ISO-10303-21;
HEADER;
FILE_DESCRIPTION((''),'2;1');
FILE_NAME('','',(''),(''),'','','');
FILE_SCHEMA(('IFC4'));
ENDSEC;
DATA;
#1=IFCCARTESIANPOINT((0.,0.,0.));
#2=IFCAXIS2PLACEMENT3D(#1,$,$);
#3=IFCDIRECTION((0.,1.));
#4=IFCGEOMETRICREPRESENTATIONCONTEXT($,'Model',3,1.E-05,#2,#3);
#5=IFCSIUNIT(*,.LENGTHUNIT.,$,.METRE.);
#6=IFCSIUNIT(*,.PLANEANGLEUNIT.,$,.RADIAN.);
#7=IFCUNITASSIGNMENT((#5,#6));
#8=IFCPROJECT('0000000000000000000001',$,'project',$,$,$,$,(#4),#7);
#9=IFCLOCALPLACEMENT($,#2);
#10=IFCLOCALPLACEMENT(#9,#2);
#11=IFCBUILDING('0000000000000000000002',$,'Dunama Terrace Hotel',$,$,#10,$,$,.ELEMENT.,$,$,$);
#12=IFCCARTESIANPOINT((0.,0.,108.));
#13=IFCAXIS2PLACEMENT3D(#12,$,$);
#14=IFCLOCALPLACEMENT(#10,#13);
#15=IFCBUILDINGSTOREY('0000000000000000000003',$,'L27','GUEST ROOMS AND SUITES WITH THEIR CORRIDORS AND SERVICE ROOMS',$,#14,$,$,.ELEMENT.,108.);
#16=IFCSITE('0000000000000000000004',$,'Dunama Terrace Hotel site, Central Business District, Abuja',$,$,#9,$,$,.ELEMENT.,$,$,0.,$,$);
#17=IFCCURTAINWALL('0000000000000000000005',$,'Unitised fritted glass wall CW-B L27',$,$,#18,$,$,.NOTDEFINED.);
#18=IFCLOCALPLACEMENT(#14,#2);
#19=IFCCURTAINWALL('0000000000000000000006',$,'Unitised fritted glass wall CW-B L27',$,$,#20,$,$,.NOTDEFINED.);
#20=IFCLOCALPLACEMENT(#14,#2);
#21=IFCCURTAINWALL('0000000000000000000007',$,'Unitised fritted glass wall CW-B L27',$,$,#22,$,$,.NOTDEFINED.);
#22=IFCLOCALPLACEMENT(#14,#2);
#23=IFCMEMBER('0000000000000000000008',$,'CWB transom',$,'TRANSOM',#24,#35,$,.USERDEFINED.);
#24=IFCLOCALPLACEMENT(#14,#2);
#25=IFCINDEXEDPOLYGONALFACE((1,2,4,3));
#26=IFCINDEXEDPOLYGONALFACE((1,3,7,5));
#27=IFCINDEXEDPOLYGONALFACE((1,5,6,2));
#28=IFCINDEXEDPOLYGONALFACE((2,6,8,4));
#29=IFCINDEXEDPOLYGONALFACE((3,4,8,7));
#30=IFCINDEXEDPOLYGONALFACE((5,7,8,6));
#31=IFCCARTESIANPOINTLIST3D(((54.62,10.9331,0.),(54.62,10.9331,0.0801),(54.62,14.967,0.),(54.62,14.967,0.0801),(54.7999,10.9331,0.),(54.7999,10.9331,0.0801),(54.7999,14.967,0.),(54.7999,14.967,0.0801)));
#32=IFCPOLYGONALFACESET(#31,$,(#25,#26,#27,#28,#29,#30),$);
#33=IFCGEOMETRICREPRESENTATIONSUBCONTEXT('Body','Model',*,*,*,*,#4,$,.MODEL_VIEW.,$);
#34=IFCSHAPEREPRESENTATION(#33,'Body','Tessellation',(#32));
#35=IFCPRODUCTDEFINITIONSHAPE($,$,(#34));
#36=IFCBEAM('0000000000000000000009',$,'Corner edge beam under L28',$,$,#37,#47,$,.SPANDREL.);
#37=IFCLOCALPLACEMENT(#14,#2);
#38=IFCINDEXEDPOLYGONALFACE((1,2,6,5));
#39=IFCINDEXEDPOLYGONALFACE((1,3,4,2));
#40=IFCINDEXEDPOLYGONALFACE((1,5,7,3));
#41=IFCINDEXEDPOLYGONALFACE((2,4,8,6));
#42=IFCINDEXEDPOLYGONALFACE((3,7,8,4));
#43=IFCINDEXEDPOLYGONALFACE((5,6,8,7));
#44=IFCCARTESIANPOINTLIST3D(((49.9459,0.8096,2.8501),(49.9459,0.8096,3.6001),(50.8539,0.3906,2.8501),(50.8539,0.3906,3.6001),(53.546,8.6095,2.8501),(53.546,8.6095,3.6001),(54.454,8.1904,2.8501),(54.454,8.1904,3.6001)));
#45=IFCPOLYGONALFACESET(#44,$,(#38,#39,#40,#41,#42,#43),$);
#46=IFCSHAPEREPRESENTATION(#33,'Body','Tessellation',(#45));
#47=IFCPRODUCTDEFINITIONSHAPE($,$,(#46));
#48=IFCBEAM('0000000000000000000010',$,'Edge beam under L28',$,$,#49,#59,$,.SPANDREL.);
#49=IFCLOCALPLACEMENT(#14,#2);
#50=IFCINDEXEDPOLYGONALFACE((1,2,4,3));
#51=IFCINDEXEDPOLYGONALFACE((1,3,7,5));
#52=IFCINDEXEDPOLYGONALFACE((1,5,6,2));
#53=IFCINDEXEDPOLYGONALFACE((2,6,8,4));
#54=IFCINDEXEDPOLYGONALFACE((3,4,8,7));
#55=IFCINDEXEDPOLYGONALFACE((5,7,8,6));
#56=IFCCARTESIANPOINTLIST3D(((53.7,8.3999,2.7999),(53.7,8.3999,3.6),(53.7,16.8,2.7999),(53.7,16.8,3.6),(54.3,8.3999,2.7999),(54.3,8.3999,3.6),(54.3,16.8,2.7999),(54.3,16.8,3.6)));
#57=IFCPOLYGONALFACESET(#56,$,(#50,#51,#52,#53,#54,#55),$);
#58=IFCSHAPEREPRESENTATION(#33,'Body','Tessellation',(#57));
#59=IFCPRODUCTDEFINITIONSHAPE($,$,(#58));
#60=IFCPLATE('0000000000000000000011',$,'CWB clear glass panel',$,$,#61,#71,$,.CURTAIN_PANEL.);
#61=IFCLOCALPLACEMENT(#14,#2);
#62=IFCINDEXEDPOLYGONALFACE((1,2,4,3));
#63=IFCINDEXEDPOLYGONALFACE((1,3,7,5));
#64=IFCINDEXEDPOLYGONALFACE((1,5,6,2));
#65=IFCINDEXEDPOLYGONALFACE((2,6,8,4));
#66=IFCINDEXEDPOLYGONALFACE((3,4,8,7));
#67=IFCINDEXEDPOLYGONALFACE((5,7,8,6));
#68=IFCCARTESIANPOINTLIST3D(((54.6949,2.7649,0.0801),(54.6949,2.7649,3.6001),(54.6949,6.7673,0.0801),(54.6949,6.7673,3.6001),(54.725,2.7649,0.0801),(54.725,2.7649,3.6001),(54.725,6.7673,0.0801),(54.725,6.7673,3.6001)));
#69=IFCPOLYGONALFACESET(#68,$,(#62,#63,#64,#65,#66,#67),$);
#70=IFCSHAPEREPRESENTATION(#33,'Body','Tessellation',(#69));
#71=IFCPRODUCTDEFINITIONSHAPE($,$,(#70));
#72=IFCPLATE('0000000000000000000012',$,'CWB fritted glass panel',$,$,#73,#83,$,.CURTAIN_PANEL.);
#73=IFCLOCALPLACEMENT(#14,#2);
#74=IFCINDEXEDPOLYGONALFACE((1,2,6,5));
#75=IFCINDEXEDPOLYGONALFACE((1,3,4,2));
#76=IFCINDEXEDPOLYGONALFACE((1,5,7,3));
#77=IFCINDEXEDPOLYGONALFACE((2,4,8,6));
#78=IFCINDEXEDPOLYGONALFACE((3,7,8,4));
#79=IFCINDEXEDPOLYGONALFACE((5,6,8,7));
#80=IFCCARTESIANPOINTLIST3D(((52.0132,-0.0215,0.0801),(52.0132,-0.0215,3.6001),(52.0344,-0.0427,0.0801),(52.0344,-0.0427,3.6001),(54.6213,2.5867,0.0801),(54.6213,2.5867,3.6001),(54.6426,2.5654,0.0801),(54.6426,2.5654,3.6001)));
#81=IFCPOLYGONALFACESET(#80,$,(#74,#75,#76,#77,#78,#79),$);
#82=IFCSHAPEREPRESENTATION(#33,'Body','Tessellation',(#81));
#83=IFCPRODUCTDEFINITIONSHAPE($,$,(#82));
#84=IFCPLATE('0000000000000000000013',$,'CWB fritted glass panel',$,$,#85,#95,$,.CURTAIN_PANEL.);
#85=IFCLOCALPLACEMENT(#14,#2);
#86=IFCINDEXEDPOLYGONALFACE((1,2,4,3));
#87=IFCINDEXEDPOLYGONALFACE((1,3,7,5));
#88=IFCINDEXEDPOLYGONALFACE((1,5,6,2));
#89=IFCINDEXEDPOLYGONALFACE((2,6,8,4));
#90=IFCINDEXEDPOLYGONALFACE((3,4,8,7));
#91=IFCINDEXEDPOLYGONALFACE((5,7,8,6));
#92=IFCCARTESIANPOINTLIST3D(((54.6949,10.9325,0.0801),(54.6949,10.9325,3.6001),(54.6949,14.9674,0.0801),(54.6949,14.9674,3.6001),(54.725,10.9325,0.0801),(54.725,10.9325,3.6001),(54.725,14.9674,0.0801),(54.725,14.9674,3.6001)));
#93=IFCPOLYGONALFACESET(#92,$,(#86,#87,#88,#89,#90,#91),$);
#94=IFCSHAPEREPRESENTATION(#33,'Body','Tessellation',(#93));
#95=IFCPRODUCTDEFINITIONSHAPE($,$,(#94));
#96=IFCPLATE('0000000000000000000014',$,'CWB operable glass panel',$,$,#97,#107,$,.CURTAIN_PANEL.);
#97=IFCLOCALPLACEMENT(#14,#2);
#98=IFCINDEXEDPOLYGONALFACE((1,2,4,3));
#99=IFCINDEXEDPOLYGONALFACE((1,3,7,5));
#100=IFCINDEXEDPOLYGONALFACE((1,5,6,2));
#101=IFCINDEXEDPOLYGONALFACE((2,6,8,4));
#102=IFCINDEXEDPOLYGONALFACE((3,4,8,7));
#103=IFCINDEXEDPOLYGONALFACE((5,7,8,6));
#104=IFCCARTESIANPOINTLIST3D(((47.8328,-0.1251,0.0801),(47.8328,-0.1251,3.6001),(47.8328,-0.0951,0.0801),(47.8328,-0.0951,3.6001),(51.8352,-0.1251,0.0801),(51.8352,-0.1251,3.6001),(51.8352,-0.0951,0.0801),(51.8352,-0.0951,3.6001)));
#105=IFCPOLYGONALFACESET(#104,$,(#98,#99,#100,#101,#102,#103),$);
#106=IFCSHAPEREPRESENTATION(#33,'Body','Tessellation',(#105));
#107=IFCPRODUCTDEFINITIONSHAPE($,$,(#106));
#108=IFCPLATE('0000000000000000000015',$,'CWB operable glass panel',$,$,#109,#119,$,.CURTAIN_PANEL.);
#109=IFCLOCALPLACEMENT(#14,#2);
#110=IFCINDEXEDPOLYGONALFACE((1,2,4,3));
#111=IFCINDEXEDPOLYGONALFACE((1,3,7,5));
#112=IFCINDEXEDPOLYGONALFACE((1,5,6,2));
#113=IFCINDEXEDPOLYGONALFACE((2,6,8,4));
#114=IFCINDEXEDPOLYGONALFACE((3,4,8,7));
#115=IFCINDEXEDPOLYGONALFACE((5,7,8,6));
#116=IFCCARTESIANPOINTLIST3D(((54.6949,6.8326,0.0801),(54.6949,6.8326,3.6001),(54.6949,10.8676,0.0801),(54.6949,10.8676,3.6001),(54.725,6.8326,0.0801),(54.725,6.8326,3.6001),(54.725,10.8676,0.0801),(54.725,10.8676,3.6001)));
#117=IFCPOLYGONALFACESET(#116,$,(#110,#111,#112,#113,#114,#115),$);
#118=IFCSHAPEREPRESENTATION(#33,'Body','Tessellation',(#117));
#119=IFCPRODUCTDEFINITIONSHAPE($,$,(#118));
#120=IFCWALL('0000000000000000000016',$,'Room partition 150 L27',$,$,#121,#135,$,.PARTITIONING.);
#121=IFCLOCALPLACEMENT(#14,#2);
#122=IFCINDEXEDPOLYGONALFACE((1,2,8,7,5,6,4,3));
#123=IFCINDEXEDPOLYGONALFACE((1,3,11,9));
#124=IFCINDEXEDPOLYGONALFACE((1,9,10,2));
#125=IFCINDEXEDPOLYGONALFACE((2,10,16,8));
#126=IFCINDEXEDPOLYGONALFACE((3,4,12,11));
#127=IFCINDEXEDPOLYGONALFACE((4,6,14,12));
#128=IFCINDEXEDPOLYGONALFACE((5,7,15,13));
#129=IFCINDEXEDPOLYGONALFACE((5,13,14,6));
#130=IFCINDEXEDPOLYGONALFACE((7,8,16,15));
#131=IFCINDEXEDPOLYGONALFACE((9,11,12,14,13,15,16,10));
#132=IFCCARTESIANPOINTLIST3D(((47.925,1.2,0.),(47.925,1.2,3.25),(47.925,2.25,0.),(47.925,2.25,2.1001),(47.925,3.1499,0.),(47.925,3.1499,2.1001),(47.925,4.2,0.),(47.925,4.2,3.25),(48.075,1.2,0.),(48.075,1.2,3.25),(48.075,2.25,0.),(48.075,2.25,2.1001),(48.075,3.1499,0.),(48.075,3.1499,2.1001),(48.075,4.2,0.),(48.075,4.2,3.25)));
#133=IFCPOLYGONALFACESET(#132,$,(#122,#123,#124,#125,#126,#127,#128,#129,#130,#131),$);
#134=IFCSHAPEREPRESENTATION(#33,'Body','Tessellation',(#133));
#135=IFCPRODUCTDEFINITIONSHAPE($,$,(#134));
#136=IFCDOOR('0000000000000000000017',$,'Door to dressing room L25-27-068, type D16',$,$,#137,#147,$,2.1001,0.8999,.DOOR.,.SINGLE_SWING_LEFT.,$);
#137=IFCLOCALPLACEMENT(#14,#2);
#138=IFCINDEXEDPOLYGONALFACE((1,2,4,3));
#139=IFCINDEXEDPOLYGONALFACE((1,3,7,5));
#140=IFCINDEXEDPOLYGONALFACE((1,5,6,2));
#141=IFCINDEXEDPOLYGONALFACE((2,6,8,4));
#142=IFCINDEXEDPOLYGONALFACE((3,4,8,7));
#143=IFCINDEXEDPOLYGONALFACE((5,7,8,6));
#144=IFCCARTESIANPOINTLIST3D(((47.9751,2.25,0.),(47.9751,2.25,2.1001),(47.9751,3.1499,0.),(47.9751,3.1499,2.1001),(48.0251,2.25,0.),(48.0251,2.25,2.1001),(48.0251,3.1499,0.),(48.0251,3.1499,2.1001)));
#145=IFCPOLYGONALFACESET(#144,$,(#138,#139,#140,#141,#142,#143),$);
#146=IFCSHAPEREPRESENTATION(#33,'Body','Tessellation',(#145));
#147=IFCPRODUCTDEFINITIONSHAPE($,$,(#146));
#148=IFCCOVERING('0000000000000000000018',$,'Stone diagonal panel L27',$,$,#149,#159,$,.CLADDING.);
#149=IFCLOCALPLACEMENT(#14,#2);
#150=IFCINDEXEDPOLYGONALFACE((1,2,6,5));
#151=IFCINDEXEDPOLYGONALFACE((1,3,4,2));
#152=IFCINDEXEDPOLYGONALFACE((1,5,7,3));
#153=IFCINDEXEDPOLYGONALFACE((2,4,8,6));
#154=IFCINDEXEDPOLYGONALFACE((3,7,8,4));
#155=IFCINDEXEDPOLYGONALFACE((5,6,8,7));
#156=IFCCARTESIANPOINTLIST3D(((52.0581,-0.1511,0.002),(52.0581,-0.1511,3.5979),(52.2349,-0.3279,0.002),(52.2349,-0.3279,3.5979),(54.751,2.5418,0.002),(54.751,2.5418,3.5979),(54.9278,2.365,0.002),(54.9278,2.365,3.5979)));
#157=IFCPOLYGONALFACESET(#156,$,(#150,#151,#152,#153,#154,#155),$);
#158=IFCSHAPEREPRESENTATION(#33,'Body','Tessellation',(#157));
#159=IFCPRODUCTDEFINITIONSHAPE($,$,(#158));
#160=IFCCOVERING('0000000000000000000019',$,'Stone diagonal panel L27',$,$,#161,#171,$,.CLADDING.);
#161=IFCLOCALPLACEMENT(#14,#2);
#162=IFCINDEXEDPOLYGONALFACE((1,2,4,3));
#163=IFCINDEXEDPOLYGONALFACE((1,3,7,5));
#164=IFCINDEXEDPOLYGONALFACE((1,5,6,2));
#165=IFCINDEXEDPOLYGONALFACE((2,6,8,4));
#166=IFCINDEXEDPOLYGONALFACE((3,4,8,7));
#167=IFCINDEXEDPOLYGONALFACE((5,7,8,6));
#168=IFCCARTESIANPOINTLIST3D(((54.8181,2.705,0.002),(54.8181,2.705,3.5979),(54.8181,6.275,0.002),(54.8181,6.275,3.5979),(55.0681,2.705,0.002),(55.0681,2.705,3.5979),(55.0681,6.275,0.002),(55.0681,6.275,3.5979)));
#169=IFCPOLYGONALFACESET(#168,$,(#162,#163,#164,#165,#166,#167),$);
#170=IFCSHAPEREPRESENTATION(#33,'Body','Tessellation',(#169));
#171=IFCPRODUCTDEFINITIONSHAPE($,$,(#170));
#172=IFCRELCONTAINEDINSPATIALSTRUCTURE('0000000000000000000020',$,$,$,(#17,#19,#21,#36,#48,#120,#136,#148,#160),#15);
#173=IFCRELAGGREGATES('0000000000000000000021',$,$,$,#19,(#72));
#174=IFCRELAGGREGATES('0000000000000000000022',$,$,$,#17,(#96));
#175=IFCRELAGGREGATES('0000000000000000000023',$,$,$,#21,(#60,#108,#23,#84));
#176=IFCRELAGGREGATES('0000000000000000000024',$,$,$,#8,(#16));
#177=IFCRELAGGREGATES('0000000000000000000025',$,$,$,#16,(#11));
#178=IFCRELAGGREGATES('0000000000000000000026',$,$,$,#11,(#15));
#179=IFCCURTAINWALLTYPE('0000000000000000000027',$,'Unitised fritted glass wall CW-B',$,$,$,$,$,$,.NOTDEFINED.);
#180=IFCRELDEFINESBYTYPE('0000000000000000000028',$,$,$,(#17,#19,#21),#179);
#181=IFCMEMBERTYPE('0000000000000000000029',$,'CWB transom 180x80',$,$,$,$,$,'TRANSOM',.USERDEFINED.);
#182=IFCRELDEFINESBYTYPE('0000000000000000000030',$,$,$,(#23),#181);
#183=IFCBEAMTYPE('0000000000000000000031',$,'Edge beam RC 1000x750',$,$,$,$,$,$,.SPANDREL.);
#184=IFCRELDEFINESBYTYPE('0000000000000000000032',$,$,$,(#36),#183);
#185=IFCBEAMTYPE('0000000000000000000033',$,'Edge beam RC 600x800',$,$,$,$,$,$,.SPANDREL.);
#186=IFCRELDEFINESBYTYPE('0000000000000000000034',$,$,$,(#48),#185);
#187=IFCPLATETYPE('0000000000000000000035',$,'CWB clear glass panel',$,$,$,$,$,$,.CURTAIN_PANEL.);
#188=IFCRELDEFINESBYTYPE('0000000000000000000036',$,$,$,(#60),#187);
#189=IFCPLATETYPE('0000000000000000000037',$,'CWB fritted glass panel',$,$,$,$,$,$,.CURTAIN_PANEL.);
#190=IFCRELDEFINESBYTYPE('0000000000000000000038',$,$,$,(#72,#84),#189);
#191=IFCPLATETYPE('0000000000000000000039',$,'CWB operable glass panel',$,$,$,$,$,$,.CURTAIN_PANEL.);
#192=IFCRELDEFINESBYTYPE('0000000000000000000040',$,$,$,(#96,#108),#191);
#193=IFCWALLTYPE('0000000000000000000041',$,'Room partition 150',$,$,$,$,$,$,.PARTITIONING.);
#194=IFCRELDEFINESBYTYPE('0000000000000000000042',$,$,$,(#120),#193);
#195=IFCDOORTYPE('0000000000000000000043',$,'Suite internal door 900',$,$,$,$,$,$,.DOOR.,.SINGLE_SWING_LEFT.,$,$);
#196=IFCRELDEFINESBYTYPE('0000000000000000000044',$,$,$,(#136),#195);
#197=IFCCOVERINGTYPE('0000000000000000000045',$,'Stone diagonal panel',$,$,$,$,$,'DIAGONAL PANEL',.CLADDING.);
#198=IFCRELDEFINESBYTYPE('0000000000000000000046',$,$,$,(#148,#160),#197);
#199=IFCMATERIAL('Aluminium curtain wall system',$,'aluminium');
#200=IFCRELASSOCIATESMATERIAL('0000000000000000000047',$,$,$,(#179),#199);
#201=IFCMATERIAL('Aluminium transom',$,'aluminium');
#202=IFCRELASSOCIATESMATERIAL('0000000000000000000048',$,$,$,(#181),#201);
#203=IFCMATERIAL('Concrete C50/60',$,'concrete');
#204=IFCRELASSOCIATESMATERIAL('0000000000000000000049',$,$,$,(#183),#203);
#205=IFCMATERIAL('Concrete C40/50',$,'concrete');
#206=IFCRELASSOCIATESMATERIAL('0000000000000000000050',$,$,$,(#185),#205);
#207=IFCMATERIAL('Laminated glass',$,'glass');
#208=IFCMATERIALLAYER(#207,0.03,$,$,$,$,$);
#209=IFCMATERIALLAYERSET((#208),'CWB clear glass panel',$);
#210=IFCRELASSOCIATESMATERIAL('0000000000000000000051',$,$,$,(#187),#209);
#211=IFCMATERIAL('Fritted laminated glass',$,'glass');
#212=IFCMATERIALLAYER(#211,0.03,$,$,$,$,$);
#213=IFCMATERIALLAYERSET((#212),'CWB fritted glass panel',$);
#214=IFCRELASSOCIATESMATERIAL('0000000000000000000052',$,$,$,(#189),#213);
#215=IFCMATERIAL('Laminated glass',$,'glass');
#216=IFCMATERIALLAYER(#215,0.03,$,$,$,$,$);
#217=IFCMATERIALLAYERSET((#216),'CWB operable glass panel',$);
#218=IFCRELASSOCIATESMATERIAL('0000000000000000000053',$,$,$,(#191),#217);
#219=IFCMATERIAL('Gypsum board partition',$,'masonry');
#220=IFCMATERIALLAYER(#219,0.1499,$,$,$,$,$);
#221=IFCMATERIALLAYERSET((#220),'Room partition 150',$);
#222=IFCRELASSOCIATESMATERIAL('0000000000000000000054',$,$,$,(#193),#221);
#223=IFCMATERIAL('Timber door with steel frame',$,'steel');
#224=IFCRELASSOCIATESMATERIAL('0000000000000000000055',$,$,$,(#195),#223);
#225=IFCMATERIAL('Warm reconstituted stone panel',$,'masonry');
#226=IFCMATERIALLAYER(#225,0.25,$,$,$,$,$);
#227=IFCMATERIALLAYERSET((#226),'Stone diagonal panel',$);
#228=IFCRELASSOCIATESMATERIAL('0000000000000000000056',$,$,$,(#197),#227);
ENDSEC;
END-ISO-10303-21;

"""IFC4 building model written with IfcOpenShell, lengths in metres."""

from ifc_helpers import new_model, si_unit, direction, frame, frame_2d, origin, origin_2d, place, context, subcontext, project, spatial, rectangle, extrude, material, layer, layer_set, material_profile, profile_set, type_object, element, fill, aggregate, save


model = new_model("IFC4")

# Units and contexts
model_context = context("Model", 3, precision=1e-05, world=origin(), true_north=direction((0.0, 1.0)))
body_context = subcontext(model_context, "Body", "Model", "MODEL_VIEW")
ifc_project = project(units=[si_unit("LENGTHUNIT", "METRE"), si_unit("PLANEANGLEUNIT", "RADIAN")], contexts=[model_context])

# Site, building, storey
site_placement = place(None, origin())
site = spatial("IfcSite", under=ifc_project, at=site_placement, Name="Dunama Terrace Hotel site, Central Business District, Abuja", CompositionType="ELEMENT", RefElevation=0.0)
building_placement = place(site_placement, origin())
building = spatial("IfcBuilding", under=site, at=building_placement, Name="Dunama Terrace Hotel", CompositionType="ELEMENT")
storey_placement = place(building_placement, frame((0.0, 0.0, 108.0)))
storey = spatial("IfcBuildingStorey", under=building, at=storey_placement, Name="L27", Description="GUEST ROOMS AND SUITES WITH THEIR CORRIDORS AND SERVICE ROOMS", CompositionType="ELEMENT", Elevation=108.0)

# Curtain walls
ifc_material_1 = material(Name="Aluminium curtain wall system", Category="aluminium")
curtain_wall_type = type_object("IfcCurtainWallType", Name="Unitised fritted glass wall CW-B", PredefinedType="NOTDEFINED", material=ifc_material_1)
curtain_wall_1_placement = place(storey_placement, origin())
curtain_wall_1 = element("IfcCurtainWall", 1, at=curtain_wall_1_placement, inside=storey, type_object=curtain_wall_type, Name="Unitised fritted glass wall CW-B L27", PredefinedType="NOTDEFINED")
curtain_wall_2_placement = place(storey_placement, origin())
curtain_wall_2 = element("IfcCurtainWall", 2, at=curtain_wall_2_placement, inside=storey, type_object=curtain_wall_type, Name="Unitised fritted glass wall CW-B L27", PredefinedType="NOTDEFINED")
curtain_wall_3_placement = place(storey_placement, origin())
curtain_wall_3 = element("IfcCurtainWall", 3, at=curtain_wall_3_placement, inside=storey, type_object=curtain_wall_type, Name="Unitised fritted glass wall CW-B L27", PredefinedType="NOTDEFINED")

# Member
ifc_material_2 = material(Name="Aluminium transom", Category="aluminium")
ifc_material_profile_1 = material_profile(ifc_material_2, rectangle(XDim=0.1799, YDim=0.0801, at=origin_2d()), Name="CWB TRANSOM 180X80")
ifc_profile_set_1 = profile_set([ifc_material_profile_1], Name="Aluminium transom")
member_type_1 = type_object("IfcMemberType", Name="CWB transom 180x80", ElementType="TRANSOM", PredefinedType="USERDEFINED", material=ifc_profile_set_1)
member_1_placement = place(storey_placement, frame((54.71, 10.9331, 0.04), z_axis=(0.0, 1.0, 0.0), x_axis=(-1.0, 0.0, 0.0)))
member_1 = element("IfcMember", 4, at=member_1_placement, type_object=member_type_1, Name="CWB transom", ObjectType="TRANSOM", PredefinedType="USERDEFINED", context=body_context, shape_type="SweptSolid", body=[
    extrude(rectangle(XDim=0.1799, YDim=0.0801, at=origin_2d()), origin(), (0.0, 0.0, 1.0), 4.0339),
])

# Beams
ifc_material_3 = material(Name="Concrete C50/60", Category="concrete")
ifc_material_profile_2 = material_profile(ifc_material_3, rectangle(XDim=1.0, YDim=0.75, at=origin_2d()), Name="RC 1000x750")
ifc_profile_set_2 = profile_set([ifc_material_profile_2], Name="Concrete C50/60")
beam_type_1 = type_object("IfcBeamType", Name="Edge beam RC 1000x750", PredefinedType="SPANDREL", material=ifc_profile_set_2)
beam_1_placement = place(storey_placement, frame((50.3999, 0.6001, 3.2251), z_axis=(0.419076, 0.907951, 0.0), x_axis=(-0.907951, 0.419076, 0.0)))
element("IfcBeam", 5, at=beam_1_placement, inside=storey, type_object=beam_type_1, Name="Corner edge beam under L28", PredefinedType="SPANDREL", context=body_context, shape_type="SweptSolid", body=[
    extrude(rectangle(XDim=1.0, YDim=0.75, at=origin_2d()), origin(), (0.0, 0.0, 1.0), 8.5906),
])
ifc_material_4 = material(Name="Concrete C40/50", Category="concrete")
ifc_material_profile_3 = material_profile(ifc_material_4, rectangle(XDim=0.6001, YDim=0.8, at=origin_2d()), Name="RC 600x800")
ifc_profile_set_3 = profile_set([ifc_material_profile_3], Name="Concrete C40/50")
beam_type_2 = type_object("IfcBeamType", Name="Edge beam RC 600x800", PredefinedType="SPANDREL", material=ifc_profile_set_3)
beam_2_placement = place(storey_placement, frame((54.0, 8.3999, 3.2), z_axis=(0.0, 1.0, 0.0), x_axis=(-1.0, 0.0, 0.0)))
element("IfcBeam", 6, at=beam_2_placement, inside=storey, type_object=beam_type_2, Name="Edge beam under L28", PredefinedType="SPANDREL", context=body_context, shape_type="SweptSolid", body=[
    extrude(rectangle(XDim=0.6001, YDim=0.8, at=origin_2d()), origin(), (0.0, 0.0, 1.0), 8.4001),
])

# Plates
ifc_material_5 = material(Name="Laminated glass", Category="glass")
ifc_layer_1 = layer(ifc_material_5, 0.03)
ifc_layer_set_1 = layer_set([ifc_layer_1], Name="CWB clear glass panel")
plate_type_1 = type_object("IfcPlateType", Name="CWB clear glass panel", PredefinedType="CURTAIN_PANEL", material=ifc_layer_set_1)
plate_1_placement = place(storey_placement, frame((54.71, 4.7661, 0.0801), z_axis=(0.0, 0.0, 1.0), x_axis=(0.0, 1.0, 0.0)))
plate_1 = element("IfcPlate", 7, at=plate_1_placement, type_object=plate_type_1, Name="CWB clear glass panel", PredefinedType="CURTAIN_PANEL", context=body_context, shape_type="SweptSolid", body=[
    extrude(rectangle(XDim=4.0024, YDim=0.03, at=origin_2d()), origin(), (0.0, 0.0, 1.0), 3.52),
])
ifc_material_6 = material(Name="Fritted laminated glass", Category="glass")
ifc_layer_2 = layer(ifc_material_6, 0.03)
ifc_layer_set_2 = layer_set([ifc_layer_2], Name="CWB fritted glass panel")
plate_type_2 = type_object("IfcPlateType", Name="CWB fritted glass panel", PredefinedType="CURTAIN_PANEL", material=ifc_layer_set_2)
plate_2_placement = place(storey_placement, frame((53.3279, 1.272, 0.0801), z_axis=(0.0, 0.0, 1.0), x_axis=(0.707107, 0.707107, 0.0)))
plate_2 = element("IfcPlate", 8, at=plate_2_placement, type_object=plate_type_2, Name="CWB fritted glass panel", PredefinedType="CURTAIN_PANEL", context=body_context, shape_type="SweptSolid", body=[
    extrude(rectangle(XDim=3.6885, YDim=0.03, at=origin_2d()), origin(), (0.0, 0.0, 1.0), 3.52),
])
aggregate(curtain_wall_2, [plate_2])
plate_3_placement = place(storey_placement, frame((54.71, 12.95, 0.0801), z_axis=(0.0, 0.0, 1.0), x_axis=(0.0, 1.0, 0.0)))
plate_3 = element("IfcPlate", 9, at=plate_3_placement, type_object=plate_type_2, Name="CWB fritted glass panel", PredefinedType="CURTAIN_PANEL", context=body_context, shape_type="SweptSolid", body=[
    extrude(rectangle(XDim=4.0349, YDim=0.03, at=origin_2d()), origin(), (0.0, 0.0, 1.0), 3.52),
])
ifc_material_7 = material(Name="Laminated glass", Category="glass")
ifc_layer_3 = layer(ifc_material_7, 0.03)
ifc_layer_set_3 = layer_set([ifc_layer_3], Name="CWB operable glass panel")
plate_type_3 = type_object("IfcPlateType", Name="CWB operable glass panel", PredefinedType="CURTAIN_PANEL", material=ifc_layer_set_3)
plate_4_placement = place(storey_placement, frame((49.834, -0.1101, 0.0801), z_axis=(0.0, 0.0, 1.0), x_axis=(1.0, 0.0, 0.0)))
plate_4 = element("IfcPlate", 10, at=plate_4_placement, type_object=plate_type_3, Name="CWB operable glass panel", PredefinedType="CURTAIN_PANEL", context=body_context, shape_type="SweptSolid", body=[
    extrude(rectangle(XDim=4.0024, YDim=0.03, at=origin_2d()), origin(), (0.0, 0.0, 1.0), 3.52),
])
aggregate(curtain_wall_1, [plate_4])
plate_5_placement = place(storey_placement, frame((54.71, 8.8501, 0.0801), z_axis=(0.0, 0.0, 1.0), x_axis=(0.0, 1.0, 0.0)))
plate_5 = element("IfcPlate", 11, at=plate_5_placement, type_object=plate_type_3, Name="CWB operable glass panel", PredefinedType="CURTAIN_PANEL", context=body_context, shape_type="SweptSolid", body=[
    extrude(rectangle(XDim=4.0349, YDim=0.03, at=origin_2d()), origin(), (0.0, 0.0, 1.0), 3.52),
])
aggregate(curtain_wall_3, [plate_1, plate_5, member_1, plate_3])

# Wall, opening, door
ifc_material_8 = material(Name="Gypsum board partition", Category="masonry")
ifc_layer_4 = layer(ifc_material_8, 0.1499)
ifc_layer_set_4 = layer_set([ifc_layer_4], Name="Room partition 150")
wall_type = type_object("IfcWallType", Name="Room partition 150", PredefinedType="PARTITIONING", material=ifc_layer_set_4)
wall_placement = place(storey_placement, frame((48.0, 1.2, 0.0), z_axis=(0.0, 0.0, 1.0), x_axis=(0.0, 1.0, 0.0)))
wall = element("IfcWall", 12, at=wall_placement, inside=storey, type_object=wall_type, Name="Room partition 150 L27", PredefinedType="PARTITIONING", context=body_context, shape_type="SweptSolid", body=[
    extrude(rectangle(XDim=3.0, YDim=0.1499, at=frame_2d((1.5, 0.0))), origin(), (0.0, 0.0, 1.0), 3.25),
])
opening_placement = place(wall_placement, frame((1.05, 0.0, 0.0)))
opening = element("IfcOpeningElement", 13, at=opening_placement, cuts=wall, PredefinedType="OPENING", context=body_context, shape_type="SweptSolid", body=[
    extrude(rectangle(XDim=0.8999, YDim=2.1001, at=frame_2d((0.45, 1.05))), frame((0.0, 0.085, 0.0), z_axis=(0.0, -1.0, 0.0), x_axis=(1.0, 0.0, 0.0)), (0.0, 0.0, 1.0), 0.1699),
])
ifc_material_9 = material(Name="Timber door with steel frame", Category="steel")
door_type = type_object("IfcDoorType", Name="Suite internal door 900", OperationType="SINGLE_SWING_LEFT", PredefinedType="DOOR", material=ifc_material_9)
door_placement = place(opening_placement, origin())
door = element("IfcDoor", 14, at=door_placement, inside=storey, type_object=door_type, Name="Door to dressing room L25-27-068, type D16", OperationType="SINGLE_SWING_LEFT", OverallHeight=2.1001, OverallWidth=0.8999, PredefinedType="DOOR", context=body_context, shape_type="SweptSolid", body=[
    extrude(rectangle(XDim=0.8999, YDim=2.1001, at=frame_2d((0.45, 1.05))), frame((0.0, 0.0249, 0.0), z_axis=(0.0, -1.0, 0.0), x_axis=(1.0, 0.0, 0.0)), (0.0, 0.0, 1.0), 0.05),
])
fill(opening, door)

# Coverings
ifc_material_10 = material(Name="Warm reconstituted stone panel", Category="masonry")
ifc_layer_5 = layer(ifc_material_10, 0.25)
ifc_layer_set_5 = layer_set([ifc_layer_5], Name="Stone diagonal panel")
covering_type = type_object("IfcCoveringType", Name="Stone diagonal panel", ElementType="DIAGONAL PANEL", PredefinedType="CLADDING", material=ifc_layer_set_5)
covering_1_placement = place(storey_placement, frame((53.4929, 1.1069, 0.002), z_axis=(0.0, 0.0, 1.0), x_axis=(0.707107, 0.707107, 0.0)))
element("IfcCovering", 15, at=covering_1_placement, inside=storey, type_object=covering_type, Name="Stone diagonal panel L27", PredefinedType="CLADDING", context=body_context, shape_type="SweptSolid", body=[
    extrude(rectangle(XDim=3.8083, YDim=0.25, at=origin_2d()), origin(), (0.0, 0.0, 1.0), 3.5959),
])
covering_2_placement = place(storey_placement, frame((54.9431, 4.49, 0.002), z_axis=(0.0, 0.0, 1.0), x_axis=(0.0, 1.0, 0.0)))
element("IfcCovering", 16, at=covering_2_placement, inside=storey, type_object=covering_type, Name="Stone diagonal panel L27", PredefinedType="CLADDING", context=body_context, shape_type="SweptSolid", body=[
    extrude(rectangle(XDim=3.5701, YDim=0.25, at=origin_2d()), origin(), (0.0, 0.0, 1.0), 3.5959),
])

save(model, "model.ifc")
